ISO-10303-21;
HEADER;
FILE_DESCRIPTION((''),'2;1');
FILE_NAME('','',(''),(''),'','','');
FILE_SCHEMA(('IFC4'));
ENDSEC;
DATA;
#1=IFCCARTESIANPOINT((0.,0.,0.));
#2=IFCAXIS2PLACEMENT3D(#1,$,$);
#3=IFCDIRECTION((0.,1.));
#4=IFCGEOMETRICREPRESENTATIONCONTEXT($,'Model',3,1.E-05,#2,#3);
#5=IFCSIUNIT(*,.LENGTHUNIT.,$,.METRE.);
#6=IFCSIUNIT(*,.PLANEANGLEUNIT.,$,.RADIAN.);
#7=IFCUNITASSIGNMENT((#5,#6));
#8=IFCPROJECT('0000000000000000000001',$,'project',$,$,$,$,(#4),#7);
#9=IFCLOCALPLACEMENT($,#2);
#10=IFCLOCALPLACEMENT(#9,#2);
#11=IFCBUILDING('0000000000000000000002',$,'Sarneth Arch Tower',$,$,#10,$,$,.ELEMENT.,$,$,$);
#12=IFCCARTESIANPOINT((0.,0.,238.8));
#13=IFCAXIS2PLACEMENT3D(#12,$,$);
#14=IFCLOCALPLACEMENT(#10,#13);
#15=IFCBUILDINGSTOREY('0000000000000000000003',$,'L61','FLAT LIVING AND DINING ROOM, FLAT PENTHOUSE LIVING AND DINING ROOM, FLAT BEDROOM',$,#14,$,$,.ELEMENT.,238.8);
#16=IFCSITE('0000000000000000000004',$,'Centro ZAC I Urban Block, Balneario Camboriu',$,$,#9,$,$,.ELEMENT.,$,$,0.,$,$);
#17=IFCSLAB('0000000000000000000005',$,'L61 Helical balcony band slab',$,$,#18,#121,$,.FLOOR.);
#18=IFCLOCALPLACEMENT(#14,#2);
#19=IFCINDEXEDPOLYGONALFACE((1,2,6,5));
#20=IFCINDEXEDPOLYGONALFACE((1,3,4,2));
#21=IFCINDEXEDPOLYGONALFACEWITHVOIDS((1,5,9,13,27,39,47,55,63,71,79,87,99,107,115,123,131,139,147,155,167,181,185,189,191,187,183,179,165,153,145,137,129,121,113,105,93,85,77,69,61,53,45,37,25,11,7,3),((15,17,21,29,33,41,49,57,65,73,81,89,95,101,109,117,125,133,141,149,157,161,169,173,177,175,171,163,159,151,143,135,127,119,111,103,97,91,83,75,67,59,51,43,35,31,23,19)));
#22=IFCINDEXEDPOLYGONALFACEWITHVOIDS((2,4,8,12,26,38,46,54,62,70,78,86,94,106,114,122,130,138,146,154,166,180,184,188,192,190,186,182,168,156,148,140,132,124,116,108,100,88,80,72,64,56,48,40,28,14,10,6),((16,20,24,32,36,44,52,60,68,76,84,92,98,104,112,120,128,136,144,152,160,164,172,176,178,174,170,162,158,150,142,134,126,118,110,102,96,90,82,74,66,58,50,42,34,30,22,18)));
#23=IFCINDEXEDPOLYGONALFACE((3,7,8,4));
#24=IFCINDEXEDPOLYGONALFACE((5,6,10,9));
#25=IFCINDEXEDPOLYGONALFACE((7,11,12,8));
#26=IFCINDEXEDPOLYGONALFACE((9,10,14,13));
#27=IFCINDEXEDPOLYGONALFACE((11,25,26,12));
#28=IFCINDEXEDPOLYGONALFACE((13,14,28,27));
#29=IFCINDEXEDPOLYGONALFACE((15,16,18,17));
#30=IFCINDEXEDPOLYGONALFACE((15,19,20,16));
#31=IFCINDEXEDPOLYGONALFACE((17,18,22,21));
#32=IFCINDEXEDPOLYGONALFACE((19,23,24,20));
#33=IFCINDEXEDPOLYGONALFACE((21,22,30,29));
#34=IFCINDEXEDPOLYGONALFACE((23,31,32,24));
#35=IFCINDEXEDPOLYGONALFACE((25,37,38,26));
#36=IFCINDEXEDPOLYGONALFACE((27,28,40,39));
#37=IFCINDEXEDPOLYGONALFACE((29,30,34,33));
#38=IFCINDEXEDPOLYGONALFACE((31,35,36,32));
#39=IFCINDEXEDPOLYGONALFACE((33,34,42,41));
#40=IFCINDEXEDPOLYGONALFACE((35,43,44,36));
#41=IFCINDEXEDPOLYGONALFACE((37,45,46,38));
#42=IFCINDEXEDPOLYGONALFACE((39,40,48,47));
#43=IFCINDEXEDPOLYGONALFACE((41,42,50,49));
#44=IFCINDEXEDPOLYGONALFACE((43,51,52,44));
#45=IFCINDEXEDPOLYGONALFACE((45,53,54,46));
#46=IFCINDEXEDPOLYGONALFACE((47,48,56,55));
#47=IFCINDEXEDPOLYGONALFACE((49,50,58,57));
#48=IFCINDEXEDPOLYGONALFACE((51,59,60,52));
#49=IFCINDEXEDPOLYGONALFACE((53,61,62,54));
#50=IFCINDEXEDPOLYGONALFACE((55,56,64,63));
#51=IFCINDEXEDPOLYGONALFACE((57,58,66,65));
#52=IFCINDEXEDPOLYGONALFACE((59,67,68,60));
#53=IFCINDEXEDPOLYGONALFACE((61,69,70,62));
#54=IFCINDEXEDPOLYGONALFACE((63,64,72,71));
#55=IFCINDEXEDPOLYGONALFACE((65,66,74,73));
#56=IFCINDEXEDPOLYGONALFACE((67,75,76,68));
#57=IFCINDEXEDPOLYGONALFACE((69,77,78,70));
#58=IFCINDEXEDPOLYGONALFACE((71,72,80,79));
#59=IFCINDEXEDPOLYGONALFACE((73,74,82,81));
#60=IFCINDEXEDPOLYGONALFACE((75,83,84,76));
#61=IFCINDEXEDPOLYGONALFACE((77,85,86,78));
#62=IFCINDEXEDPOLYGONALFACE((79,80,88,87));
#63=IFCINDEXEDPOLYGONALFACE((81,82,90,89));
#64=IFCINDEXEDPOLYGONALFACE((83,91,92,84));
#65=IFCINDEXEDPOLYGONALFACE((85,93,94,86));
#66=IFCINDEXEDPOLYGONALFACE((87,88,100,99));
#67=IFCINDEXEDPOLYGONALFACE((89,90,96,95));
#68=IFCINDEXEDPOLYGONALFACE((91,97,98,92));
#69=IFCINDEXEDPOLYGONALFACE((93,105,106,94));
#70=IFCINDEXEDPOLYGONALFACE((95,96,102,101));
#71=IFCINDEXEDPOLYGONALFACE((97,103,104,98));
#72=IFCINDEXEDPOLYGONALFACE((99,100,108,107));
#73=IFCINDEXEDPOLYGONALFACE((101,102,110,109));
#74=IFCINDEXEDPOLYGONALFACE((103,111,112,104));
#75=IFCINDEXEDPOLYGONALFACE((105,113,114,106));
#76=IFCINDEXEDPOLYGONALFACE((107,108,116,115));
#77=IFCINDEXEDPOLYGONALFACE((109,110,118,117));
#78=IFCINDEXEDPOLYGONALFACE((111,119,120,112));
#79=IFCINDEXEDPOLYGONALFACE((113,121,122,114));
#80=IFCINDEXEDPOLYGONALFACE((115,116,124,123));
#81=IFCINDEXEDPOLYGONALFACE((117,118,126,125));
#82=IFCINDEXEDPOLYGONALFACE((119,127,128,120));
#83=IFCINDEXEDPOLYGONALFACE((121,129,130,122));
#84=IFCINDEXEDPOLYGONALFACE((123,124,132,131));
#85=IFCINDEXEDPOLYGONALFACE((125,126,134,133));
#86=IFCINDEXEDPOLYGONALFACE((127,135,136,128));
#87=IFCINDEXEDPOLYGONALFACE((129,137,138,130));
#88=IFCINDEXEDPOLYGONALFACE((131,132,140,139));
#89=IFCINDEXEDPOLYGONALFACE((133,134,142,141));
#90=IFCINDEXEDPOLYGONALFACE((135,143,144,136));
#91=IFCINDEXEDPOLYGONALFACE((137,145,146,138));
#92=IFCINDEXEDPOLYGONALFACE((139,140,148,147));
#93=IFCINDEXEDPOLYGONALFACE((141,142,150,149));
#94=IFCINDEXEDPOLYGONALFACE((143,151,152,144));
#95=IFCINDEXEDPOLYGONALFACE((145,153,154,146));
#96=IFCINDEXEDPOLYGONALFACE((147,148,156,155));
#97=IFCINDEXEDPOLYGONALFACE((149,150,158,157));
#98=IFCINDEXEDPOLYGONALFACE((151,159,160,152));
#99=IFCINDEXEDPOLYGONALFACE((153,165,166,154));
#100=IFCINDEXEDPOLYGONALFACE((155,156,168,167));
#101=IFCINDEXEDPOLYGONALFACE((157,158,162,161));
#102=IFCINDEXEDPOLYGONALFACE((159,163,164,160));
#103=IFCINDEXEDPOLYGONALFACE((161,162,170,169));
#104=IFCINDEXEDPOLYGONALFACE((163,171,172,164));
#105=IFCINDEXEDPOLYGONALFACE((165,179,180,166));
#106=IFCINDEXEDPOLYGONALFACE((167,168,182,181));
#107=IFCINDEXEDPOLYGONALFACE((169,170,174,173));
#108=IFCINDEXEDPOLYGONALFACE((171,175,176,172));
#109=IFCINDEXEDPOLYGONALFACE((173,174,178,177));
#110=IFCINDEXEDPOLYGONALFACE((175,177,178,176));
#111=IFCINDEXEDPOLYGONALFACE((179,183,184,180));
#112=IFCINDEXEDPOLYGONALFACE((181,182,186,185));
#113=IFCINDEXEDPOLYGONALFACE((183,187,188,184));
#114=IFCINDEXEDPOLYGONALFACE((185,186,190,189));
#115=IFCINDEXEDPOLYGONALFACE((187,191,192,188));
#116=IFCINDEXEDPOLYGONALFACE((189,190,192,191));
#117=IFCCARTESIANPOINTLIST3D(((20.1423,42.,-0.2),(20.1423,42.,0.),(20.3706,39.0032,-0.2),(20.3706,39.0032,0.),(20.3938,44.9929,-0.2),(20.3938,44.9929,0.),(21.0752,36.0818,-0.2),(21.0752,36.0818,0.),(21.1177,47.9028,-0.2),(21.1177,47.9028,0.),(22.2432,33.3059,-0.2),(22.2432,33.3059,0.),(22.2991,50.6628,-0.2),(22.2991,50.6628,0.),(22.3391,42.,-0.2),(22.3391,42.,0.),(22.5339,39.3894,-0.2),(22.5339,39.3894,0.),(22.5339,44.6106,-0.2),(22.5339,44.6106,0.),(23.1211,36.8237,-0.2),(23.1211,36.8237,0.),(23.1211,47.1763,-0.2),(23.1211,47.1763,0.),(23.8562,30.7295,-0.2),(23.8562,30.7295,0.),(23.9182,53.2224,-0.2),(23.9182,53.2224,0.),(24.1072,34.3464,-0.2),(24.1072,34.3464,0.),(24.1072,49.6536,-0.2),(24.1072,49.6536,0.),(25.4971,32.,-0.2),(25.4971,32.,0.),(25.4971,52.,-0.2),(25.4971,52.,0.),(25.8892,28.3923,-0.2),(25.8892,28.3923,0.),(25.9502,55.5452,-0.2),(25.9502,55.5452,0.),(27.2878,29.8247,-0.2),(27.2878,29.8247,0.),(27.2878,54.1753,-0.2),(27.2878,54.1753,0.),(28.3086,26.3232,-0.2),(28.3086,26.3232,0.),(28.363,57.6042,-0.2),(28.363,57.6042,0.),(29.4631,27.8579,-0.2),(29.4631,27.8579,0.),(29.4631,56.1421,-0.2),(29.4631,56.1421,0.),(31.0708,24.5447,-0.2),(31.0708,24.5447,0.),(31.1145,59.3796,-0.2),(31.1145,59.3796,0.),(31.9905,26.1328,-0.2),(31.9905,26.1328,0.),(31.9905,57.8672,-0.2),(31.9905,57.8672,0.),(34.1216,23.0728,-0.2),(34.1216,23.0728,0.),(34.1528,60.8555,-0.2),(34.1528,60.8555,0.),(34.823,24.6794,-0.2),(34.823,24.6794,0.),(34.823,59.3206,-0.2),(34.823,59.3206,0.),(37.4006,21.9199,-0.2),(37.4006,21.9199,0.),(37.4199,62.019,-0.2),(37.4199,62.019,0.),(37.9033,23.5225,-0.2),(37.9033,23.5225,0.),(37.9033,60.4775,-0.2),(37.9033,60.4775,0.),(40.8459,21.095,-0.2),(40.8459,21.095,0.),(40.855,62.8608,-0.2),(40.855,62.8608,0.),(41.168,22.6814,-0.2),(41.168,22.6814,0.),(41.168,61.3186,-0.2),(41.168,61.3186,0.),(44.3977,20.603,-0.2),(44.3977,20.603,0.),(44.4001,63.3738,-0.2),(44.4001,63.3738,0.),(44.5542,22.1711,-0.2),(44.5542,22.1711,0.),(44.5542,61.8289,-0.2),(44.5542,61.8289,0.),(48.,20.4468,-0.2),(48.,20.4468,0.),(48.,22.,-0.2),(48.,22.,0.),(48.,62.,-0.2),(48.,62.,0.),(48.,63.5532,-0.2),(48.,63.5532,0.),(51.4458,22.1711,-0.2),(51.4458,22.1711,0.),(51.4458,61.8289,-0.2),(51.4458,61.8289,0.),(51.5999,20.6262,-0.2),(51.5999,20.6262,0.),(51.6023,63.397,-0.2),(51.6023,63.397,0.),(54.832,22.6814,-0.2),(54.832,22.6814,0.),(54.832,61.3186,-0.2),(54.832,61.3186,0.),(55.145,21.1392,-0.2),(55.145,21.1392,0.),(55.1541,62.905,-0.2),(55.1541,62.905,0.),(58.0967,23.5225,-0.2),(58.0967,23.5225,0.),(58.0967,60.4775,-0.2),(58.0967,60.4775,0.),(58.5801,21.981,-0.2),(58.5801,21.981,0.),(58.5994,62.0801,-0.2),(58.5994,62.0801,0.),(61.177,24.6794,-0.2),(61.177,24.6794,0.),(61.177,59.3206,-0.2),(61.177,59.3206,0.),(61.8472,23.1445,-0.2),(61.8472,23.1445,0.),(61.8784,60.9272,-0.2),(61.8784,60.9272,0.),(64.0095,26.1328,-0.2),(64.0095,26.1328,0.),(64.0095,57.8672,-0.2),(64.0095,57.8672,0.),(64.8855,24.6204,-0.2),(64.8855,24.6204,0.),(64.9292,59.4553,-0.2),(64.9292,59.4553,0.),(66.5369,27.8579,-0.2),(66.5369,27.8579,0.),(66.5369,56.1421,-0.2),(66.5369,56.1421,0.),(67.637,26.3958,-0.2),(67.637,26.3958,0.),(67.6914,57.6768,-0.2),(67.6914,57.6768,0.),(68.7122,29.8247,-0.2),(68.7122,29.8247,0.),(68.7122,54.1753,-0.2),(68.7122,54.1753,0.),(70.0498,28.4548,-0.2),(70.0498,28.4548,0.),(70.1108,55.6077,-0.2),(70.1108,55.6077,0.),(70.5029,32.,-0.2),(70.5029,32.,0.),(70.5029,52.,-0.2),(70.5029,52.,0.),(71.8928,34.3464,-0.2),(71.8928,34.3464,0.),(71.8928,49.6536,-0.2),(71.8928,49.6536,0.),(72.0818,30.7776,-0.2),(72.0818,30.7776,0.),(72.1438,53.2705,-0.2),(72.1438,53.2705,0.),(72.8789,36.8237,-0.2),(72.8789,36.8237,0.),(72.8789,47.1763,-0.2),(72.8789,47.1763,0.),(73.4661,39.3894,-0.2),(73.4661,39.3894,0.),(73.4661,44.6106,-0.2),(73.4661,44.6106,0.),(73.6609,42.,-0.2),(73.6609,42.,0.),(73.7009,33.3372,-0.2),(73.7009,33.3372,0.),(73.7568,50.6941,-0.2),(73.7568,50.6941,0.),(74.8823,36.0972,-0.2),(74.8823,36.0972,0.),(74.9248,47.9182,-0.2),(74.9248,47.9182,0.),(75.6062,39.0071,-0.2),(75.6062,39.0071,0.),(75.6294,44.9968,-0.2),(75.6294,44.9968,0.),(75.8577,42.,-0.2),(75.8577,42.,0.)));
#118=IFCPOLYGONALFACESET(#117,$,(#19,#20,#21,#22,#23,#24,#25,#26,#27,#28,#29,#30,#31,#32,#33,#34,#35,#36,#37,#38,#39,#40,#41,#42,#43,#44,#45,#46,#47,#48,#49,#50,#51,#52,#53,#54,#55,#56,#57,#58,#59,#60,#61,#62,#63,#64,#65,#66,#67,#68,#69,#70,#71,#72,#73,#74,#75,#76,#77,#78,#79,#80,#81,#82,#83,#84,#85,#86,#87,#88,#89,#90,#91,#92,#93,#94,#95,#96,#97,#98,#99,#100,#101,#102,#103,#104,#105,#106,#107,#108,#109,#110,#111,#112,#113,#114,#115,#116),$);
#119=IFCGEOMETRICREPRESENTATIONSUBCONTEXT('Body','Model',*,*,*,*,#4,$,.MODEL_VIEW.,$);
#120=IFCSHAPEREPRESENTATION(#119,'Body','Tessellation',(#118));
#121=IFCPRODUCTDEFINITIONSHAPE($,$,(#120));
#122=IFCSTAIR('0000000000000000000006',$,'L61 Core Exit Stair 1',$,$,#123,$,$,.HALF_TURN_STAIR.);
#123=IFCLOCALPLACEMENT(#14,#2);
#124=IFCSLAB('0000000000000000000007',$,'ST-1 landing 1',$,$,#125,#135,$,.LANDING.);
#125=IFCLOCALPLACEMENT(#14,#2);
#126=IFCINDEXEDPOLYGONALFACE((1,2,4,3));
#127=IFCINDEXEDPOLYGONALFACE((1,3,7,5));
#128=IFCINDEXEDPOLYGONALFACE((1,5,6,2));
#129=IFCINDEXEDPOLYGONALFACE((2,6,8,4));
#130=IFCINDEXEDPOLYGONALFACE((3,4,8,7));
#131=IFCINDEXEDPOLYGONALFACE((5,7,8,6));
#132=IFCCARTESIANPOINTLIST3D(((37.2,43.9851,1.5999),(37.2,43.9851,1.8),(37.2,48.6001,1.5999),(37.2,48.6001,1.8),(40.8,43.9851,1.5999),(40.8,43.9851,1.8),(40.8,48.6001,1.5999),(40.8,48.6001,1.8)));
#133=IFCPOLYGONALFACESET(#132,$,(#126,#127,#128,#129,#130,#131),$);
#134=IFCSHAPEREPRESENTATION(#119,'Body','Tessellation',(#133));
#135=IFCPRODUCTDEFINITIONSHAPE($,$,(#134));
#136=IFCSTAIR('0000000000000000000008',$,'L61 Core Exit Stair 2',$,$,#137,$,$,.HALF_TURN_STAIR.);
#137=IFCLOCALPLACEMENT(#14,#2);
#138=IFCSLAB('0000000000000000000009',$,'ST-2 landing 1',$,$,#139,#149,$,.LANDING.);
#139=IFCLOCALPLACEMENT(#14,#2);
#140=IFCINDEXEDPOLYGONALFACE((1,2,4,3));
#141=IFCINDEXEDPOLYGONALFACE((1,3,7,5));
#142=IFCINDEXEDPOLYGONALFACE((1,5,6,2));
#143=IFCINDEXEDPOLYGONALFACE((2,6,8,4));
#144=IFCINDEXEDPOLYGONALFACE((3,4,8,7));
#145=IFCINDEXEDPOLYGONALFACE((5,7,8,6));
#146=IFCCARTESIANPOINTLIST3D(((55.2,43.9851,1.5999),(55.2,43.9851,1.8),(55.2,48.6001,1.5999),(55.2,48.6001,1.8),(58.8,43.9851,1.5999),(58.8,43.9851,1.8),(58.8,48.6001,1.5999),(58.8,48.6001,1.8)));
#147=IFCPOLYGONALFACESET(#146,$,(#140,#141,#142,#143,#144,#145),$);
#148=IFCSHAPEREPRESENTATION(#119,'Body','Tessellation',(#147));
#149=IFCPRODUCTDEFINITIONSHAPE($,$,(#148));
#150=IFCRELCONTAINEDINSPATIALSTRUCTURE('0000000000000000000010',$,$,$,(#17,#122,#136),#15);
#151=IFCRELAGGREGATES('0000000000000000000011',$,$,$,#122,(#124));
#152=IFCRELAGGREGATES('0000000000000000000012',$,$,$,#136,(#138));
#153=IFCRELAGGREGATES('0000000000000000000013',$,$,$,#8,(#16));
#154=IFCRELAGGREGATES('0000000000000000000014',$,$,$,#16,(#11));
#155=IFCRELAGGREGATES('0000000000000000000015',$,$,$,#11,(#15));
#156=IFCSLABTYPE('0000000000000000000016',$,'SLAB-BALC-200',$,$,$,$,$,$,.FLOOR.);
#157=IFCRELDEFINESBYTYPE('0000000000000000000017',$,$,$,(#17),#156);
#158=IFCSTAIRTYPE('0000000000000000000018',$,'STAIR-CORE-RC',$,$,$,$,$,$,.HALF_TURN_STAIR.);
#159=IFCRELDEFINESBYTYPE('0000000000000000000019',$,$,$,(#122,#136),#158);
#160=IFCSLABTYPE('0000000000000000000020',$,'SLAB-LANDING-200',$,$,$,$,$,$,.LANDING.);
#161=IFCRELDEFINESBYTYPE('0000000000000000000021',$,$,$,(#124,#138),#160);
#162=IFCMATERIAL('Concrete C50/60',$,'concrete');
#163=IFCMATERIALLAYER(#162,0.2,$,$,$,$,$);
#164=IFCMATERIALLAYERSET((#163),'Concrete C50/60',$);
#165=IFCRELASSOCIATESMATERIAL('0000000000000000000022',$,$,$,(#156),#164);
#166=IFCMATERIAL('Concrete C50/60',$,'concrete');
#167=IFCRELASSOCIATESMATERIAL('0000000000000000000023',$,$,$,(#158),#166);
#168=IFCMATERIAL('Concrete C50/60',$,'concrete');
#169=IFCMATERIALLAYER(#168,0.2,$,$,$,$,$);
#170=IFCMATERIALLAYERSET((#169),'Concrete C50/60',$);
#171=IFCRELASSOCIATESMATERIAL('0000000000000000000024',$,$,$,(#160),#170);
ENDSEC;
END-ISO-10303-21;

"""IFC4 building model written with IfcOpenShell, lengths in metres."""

from ifc_helpers import new_model, si_unit, direction, frame, origin, place, context, subcontext, project, spatial, polyline, outline, extrude, material, layer, layer_set, type_object, element, aggregate, save


model = new_model("IFC4")

# Units and contexts
model_context = context("Model", 3, precision=1e-05, world=origin(), true_north=direction((0.0, 1.0)))
body_context = subcontext(model_context, "Body", "Model", "MODEL_VIEW")
ifc_project = project(units=[si_unit("LENGTHUNIT", "METRE"), si_unit("PLANEANGLEUNIT", "RADIAN")], contexts=[model_context])

# Site, building, storey
site_placement = place(None, origin())
site = spatial("IfcSite", under=ifc_project, at=site_placement, Name="Centro ZAC I Urban Block, Balneario Camboriu", CompositionType="ELEMENT", RefElevation=0.0)
building_placement = place(site_placement, origin())
building = spatial("IfcBuilding", under=site, at=building_placement, Name="Sarneth Arch Tower", CompositionType="ELEMENT")
storey_placement = place(building_placement, frame((0.0, 0.0, 238.8)))
storey = spatial("IfcBuildingStorey", under=building, at=storey_placement, Name="L61", Description="FLAT LIVING AND DINING ROOM, FLAT PENTHOUSE LIVING AND DINING ROOM, FLAT BEDROOM", CompositionType="ELEMENT", Elevation=238.8)

# Slab
ifc_material_1 = material(Name="Concrete C50/60", Category="concrete")
ifc_layer_1 = layer(ifc_material_1, 0.2)
ifc_layer_set_1 = layer_set([ifc_layer_1], Name="Concrete C50/60")
slab_type_1 = type_object("IfcSlabType", Name="SLAB-BALC-200", PredefinedType="FLOOR", material=ifc_layer_set_1)
slab_1_placement = place(storey_placement, frame((0.0, 0.0, -0.2)))
element("IfcSlab", 1, at=slab_1_placement, inside=storey, type_object=slab_type_1, Name="L61 Helical balcony band slab", PredefinedType="FLOOR", context=body_context, shape_type="SweptSolid", body=[
    extrude(outline(polyline([(75.8577, 42.0), (75.6294, 44.9968), (74.9248, 47.9182), (73.7568, 50.6941), (72.1438, 53.2705), (70.1108, 55.6077), (67.6914, 57.6768), (64.9292, 59.4553), (61.8784, 60.9272), (58.5994, 62.0801), (55.1541, 62.905), (51.6023, 63.397), (48.0, 63.5532), (44.4001, 63.3738), (40.855, 62.8608), (37.4199, 62.019), (34.1528, 60.8555), (31.1145, 59.3796), (28.363, 57.6042), (25.9502, 55.5452), (23.9182, 53.2224), (22.2991, 50.6628), (21.1177, 47.9028), (20.3938, 44.9929), (20.1423, 42.0), (20.3706, 39.0032), (21.0752, 36.0818), (22.2432, 33.3059), (23.8562, 30.7295), (25.8892, 28.3923), (28.3086, 26.3232), (31.0708, 24.5447), (34.1216, 23.0728), (37.4006, 21.9199), (40.8459, 21.095), (44.3977, 20.603), (48.0, 20.4468), (51.5999, 20.6262), (55.145, 21.1392), (58.5801, 21.981), (61.8472, 23.1445), (64.8855, 24.6204), (67.637, 26.3958), (70.0498, 28.4548), (72.0818, 30.7776), (73.7009, 33.3372), (74.8823, 36.0972), (75.6062, 39.0071), (75.8577, 42.0)]), holes=[polyline([(73.6609, 42.0), (73.4661, 44.6106), (72.8789, 47.1763), (71.8928, 49.6536), (70.5029, 52.0), (68.7122, 54.1753), (66.5369, 56.1421), (64.0095, 57.8672), (61.177, 59.3206), (58.0967, 60.4775), (54.832, 61.3186), (51.4458, 61.8289), (48.0, 62.0), (44.5542, 61.8289), (41.168, 61.3186), (37.9033, 60.4775), (34.823, 59.3206), (31.9905, 57.8672), (29.4631, 56.1421), (27.2878, 54.1753), (25.4971, 52.0), (24.1072, 49.6536), (23.1211, 47.1763), (22.5339, 44.6106), (22.3391, 42.0), (22.5339, 39.3894), (23.1211, 36.8237), (24.1072, 34.3464), (25.4971, 32.0), (27.2878, 29.8247), (29.4631, 27.8579), (31.9905, 26.1328), (34.823, 24.6794), (37.9033, 23.5225), (41.168, 22.6814), (44.5542, 22.1711), (48.0, 22.0), (51.4458, 22.1711), (54.832, 22.6814), (58.0967, 23.5225), (61.177, 24.6794), (64.0095, 26.1328), (66.5369, 27.8579), (68.7122, 29.8247), (70.5029, 32.0), (71.8928, 34.3464), (72.8789, 36.8237), (73.4661, 39.3894), (73.6609, 42.0)])]), origin(), (0.0, 0.0, 1.0), 0.2),
])

# Stairs, slabs
ifc_material_2 = material(Name="Concrete C50/60", Category="concrete")
stair_type = type_object("IfcStairType", Name="STAIR-CORE-RC", PredefinedType="HALF_TURN_STAIR", material=ifc_material_2)
stair_1_placement = place(storey_placement, origin())
stair_1 = element("IfcStair", 2, at=stair_1_placement, inside=storey, type_object=stair_type, Name="L61 Core Exit Stair 1", PredefinedType="HALF_TURN_STAIR")
ifc_material_3 = material(Name="Concrete C50/60", Category="concrete")
ifc_layer_2 = layer(ifc_material_3, 0.2)
ifc_layer_set_2 = layer_set([ifc_layer_2], Name="Concrete C50/60")
slab_type_2 = type_object("IfcSlabType", Name="SLAB-LANDING-200", PredefinedType="LANDING", material=ifc_layer_set_2)
slab_2_placement = place(storey_placement, frame((0.0, 0.0, 1.5999)))
slab_2 = element("IfcSlab", 3, at=slab_2_placement, type_object=slab_type_2, Name="ST-1 landing 1", PredefinedType="LANDING", context=body_context, shape_type="SweptSolid", body=[
    extrude(outline(polyline([(37.2, 43.9851), (40.8, 43.9851), (40.8, 48.6001), (37.2, 48.6001), (37.2, 43.9851)])), origin(), (0.0, 0.0, 1.0), 0.2002),
])
aggregate(stair_1, [slab_2])
stair_2_placement = place(storey_placement, origin())
stair_2 = element("IfcStair", 4, at=stair_2_placement, inside=storey, type_object=stair_type, Name="L61 Core Exit Stair 2", PredefinedType="HALF_TURN_STAIR")
slab_3_placement = place(storey_placement, frame((0.0, 0.0, 1.5999)))
slab_3 = element("IfcSlab", 5, at=slab_3_placement, type_object=slab_type_2, Name="ST-2 landing 1", PredefinedType="LANDING", context=body_context, shape_type="SweptSolid", body=[
    extrude(outline(polyline([(55.2, 43.9851), (58.8, 43.9851), (58.8, 48.6001), (55.2, 48.6001), (55.2, 43.9851)])), origin(), (0.0, 0.0, 1.0), 0.2002),
])
aggregate(stair_2, [slab_3])

save(model, "model.ifc")
